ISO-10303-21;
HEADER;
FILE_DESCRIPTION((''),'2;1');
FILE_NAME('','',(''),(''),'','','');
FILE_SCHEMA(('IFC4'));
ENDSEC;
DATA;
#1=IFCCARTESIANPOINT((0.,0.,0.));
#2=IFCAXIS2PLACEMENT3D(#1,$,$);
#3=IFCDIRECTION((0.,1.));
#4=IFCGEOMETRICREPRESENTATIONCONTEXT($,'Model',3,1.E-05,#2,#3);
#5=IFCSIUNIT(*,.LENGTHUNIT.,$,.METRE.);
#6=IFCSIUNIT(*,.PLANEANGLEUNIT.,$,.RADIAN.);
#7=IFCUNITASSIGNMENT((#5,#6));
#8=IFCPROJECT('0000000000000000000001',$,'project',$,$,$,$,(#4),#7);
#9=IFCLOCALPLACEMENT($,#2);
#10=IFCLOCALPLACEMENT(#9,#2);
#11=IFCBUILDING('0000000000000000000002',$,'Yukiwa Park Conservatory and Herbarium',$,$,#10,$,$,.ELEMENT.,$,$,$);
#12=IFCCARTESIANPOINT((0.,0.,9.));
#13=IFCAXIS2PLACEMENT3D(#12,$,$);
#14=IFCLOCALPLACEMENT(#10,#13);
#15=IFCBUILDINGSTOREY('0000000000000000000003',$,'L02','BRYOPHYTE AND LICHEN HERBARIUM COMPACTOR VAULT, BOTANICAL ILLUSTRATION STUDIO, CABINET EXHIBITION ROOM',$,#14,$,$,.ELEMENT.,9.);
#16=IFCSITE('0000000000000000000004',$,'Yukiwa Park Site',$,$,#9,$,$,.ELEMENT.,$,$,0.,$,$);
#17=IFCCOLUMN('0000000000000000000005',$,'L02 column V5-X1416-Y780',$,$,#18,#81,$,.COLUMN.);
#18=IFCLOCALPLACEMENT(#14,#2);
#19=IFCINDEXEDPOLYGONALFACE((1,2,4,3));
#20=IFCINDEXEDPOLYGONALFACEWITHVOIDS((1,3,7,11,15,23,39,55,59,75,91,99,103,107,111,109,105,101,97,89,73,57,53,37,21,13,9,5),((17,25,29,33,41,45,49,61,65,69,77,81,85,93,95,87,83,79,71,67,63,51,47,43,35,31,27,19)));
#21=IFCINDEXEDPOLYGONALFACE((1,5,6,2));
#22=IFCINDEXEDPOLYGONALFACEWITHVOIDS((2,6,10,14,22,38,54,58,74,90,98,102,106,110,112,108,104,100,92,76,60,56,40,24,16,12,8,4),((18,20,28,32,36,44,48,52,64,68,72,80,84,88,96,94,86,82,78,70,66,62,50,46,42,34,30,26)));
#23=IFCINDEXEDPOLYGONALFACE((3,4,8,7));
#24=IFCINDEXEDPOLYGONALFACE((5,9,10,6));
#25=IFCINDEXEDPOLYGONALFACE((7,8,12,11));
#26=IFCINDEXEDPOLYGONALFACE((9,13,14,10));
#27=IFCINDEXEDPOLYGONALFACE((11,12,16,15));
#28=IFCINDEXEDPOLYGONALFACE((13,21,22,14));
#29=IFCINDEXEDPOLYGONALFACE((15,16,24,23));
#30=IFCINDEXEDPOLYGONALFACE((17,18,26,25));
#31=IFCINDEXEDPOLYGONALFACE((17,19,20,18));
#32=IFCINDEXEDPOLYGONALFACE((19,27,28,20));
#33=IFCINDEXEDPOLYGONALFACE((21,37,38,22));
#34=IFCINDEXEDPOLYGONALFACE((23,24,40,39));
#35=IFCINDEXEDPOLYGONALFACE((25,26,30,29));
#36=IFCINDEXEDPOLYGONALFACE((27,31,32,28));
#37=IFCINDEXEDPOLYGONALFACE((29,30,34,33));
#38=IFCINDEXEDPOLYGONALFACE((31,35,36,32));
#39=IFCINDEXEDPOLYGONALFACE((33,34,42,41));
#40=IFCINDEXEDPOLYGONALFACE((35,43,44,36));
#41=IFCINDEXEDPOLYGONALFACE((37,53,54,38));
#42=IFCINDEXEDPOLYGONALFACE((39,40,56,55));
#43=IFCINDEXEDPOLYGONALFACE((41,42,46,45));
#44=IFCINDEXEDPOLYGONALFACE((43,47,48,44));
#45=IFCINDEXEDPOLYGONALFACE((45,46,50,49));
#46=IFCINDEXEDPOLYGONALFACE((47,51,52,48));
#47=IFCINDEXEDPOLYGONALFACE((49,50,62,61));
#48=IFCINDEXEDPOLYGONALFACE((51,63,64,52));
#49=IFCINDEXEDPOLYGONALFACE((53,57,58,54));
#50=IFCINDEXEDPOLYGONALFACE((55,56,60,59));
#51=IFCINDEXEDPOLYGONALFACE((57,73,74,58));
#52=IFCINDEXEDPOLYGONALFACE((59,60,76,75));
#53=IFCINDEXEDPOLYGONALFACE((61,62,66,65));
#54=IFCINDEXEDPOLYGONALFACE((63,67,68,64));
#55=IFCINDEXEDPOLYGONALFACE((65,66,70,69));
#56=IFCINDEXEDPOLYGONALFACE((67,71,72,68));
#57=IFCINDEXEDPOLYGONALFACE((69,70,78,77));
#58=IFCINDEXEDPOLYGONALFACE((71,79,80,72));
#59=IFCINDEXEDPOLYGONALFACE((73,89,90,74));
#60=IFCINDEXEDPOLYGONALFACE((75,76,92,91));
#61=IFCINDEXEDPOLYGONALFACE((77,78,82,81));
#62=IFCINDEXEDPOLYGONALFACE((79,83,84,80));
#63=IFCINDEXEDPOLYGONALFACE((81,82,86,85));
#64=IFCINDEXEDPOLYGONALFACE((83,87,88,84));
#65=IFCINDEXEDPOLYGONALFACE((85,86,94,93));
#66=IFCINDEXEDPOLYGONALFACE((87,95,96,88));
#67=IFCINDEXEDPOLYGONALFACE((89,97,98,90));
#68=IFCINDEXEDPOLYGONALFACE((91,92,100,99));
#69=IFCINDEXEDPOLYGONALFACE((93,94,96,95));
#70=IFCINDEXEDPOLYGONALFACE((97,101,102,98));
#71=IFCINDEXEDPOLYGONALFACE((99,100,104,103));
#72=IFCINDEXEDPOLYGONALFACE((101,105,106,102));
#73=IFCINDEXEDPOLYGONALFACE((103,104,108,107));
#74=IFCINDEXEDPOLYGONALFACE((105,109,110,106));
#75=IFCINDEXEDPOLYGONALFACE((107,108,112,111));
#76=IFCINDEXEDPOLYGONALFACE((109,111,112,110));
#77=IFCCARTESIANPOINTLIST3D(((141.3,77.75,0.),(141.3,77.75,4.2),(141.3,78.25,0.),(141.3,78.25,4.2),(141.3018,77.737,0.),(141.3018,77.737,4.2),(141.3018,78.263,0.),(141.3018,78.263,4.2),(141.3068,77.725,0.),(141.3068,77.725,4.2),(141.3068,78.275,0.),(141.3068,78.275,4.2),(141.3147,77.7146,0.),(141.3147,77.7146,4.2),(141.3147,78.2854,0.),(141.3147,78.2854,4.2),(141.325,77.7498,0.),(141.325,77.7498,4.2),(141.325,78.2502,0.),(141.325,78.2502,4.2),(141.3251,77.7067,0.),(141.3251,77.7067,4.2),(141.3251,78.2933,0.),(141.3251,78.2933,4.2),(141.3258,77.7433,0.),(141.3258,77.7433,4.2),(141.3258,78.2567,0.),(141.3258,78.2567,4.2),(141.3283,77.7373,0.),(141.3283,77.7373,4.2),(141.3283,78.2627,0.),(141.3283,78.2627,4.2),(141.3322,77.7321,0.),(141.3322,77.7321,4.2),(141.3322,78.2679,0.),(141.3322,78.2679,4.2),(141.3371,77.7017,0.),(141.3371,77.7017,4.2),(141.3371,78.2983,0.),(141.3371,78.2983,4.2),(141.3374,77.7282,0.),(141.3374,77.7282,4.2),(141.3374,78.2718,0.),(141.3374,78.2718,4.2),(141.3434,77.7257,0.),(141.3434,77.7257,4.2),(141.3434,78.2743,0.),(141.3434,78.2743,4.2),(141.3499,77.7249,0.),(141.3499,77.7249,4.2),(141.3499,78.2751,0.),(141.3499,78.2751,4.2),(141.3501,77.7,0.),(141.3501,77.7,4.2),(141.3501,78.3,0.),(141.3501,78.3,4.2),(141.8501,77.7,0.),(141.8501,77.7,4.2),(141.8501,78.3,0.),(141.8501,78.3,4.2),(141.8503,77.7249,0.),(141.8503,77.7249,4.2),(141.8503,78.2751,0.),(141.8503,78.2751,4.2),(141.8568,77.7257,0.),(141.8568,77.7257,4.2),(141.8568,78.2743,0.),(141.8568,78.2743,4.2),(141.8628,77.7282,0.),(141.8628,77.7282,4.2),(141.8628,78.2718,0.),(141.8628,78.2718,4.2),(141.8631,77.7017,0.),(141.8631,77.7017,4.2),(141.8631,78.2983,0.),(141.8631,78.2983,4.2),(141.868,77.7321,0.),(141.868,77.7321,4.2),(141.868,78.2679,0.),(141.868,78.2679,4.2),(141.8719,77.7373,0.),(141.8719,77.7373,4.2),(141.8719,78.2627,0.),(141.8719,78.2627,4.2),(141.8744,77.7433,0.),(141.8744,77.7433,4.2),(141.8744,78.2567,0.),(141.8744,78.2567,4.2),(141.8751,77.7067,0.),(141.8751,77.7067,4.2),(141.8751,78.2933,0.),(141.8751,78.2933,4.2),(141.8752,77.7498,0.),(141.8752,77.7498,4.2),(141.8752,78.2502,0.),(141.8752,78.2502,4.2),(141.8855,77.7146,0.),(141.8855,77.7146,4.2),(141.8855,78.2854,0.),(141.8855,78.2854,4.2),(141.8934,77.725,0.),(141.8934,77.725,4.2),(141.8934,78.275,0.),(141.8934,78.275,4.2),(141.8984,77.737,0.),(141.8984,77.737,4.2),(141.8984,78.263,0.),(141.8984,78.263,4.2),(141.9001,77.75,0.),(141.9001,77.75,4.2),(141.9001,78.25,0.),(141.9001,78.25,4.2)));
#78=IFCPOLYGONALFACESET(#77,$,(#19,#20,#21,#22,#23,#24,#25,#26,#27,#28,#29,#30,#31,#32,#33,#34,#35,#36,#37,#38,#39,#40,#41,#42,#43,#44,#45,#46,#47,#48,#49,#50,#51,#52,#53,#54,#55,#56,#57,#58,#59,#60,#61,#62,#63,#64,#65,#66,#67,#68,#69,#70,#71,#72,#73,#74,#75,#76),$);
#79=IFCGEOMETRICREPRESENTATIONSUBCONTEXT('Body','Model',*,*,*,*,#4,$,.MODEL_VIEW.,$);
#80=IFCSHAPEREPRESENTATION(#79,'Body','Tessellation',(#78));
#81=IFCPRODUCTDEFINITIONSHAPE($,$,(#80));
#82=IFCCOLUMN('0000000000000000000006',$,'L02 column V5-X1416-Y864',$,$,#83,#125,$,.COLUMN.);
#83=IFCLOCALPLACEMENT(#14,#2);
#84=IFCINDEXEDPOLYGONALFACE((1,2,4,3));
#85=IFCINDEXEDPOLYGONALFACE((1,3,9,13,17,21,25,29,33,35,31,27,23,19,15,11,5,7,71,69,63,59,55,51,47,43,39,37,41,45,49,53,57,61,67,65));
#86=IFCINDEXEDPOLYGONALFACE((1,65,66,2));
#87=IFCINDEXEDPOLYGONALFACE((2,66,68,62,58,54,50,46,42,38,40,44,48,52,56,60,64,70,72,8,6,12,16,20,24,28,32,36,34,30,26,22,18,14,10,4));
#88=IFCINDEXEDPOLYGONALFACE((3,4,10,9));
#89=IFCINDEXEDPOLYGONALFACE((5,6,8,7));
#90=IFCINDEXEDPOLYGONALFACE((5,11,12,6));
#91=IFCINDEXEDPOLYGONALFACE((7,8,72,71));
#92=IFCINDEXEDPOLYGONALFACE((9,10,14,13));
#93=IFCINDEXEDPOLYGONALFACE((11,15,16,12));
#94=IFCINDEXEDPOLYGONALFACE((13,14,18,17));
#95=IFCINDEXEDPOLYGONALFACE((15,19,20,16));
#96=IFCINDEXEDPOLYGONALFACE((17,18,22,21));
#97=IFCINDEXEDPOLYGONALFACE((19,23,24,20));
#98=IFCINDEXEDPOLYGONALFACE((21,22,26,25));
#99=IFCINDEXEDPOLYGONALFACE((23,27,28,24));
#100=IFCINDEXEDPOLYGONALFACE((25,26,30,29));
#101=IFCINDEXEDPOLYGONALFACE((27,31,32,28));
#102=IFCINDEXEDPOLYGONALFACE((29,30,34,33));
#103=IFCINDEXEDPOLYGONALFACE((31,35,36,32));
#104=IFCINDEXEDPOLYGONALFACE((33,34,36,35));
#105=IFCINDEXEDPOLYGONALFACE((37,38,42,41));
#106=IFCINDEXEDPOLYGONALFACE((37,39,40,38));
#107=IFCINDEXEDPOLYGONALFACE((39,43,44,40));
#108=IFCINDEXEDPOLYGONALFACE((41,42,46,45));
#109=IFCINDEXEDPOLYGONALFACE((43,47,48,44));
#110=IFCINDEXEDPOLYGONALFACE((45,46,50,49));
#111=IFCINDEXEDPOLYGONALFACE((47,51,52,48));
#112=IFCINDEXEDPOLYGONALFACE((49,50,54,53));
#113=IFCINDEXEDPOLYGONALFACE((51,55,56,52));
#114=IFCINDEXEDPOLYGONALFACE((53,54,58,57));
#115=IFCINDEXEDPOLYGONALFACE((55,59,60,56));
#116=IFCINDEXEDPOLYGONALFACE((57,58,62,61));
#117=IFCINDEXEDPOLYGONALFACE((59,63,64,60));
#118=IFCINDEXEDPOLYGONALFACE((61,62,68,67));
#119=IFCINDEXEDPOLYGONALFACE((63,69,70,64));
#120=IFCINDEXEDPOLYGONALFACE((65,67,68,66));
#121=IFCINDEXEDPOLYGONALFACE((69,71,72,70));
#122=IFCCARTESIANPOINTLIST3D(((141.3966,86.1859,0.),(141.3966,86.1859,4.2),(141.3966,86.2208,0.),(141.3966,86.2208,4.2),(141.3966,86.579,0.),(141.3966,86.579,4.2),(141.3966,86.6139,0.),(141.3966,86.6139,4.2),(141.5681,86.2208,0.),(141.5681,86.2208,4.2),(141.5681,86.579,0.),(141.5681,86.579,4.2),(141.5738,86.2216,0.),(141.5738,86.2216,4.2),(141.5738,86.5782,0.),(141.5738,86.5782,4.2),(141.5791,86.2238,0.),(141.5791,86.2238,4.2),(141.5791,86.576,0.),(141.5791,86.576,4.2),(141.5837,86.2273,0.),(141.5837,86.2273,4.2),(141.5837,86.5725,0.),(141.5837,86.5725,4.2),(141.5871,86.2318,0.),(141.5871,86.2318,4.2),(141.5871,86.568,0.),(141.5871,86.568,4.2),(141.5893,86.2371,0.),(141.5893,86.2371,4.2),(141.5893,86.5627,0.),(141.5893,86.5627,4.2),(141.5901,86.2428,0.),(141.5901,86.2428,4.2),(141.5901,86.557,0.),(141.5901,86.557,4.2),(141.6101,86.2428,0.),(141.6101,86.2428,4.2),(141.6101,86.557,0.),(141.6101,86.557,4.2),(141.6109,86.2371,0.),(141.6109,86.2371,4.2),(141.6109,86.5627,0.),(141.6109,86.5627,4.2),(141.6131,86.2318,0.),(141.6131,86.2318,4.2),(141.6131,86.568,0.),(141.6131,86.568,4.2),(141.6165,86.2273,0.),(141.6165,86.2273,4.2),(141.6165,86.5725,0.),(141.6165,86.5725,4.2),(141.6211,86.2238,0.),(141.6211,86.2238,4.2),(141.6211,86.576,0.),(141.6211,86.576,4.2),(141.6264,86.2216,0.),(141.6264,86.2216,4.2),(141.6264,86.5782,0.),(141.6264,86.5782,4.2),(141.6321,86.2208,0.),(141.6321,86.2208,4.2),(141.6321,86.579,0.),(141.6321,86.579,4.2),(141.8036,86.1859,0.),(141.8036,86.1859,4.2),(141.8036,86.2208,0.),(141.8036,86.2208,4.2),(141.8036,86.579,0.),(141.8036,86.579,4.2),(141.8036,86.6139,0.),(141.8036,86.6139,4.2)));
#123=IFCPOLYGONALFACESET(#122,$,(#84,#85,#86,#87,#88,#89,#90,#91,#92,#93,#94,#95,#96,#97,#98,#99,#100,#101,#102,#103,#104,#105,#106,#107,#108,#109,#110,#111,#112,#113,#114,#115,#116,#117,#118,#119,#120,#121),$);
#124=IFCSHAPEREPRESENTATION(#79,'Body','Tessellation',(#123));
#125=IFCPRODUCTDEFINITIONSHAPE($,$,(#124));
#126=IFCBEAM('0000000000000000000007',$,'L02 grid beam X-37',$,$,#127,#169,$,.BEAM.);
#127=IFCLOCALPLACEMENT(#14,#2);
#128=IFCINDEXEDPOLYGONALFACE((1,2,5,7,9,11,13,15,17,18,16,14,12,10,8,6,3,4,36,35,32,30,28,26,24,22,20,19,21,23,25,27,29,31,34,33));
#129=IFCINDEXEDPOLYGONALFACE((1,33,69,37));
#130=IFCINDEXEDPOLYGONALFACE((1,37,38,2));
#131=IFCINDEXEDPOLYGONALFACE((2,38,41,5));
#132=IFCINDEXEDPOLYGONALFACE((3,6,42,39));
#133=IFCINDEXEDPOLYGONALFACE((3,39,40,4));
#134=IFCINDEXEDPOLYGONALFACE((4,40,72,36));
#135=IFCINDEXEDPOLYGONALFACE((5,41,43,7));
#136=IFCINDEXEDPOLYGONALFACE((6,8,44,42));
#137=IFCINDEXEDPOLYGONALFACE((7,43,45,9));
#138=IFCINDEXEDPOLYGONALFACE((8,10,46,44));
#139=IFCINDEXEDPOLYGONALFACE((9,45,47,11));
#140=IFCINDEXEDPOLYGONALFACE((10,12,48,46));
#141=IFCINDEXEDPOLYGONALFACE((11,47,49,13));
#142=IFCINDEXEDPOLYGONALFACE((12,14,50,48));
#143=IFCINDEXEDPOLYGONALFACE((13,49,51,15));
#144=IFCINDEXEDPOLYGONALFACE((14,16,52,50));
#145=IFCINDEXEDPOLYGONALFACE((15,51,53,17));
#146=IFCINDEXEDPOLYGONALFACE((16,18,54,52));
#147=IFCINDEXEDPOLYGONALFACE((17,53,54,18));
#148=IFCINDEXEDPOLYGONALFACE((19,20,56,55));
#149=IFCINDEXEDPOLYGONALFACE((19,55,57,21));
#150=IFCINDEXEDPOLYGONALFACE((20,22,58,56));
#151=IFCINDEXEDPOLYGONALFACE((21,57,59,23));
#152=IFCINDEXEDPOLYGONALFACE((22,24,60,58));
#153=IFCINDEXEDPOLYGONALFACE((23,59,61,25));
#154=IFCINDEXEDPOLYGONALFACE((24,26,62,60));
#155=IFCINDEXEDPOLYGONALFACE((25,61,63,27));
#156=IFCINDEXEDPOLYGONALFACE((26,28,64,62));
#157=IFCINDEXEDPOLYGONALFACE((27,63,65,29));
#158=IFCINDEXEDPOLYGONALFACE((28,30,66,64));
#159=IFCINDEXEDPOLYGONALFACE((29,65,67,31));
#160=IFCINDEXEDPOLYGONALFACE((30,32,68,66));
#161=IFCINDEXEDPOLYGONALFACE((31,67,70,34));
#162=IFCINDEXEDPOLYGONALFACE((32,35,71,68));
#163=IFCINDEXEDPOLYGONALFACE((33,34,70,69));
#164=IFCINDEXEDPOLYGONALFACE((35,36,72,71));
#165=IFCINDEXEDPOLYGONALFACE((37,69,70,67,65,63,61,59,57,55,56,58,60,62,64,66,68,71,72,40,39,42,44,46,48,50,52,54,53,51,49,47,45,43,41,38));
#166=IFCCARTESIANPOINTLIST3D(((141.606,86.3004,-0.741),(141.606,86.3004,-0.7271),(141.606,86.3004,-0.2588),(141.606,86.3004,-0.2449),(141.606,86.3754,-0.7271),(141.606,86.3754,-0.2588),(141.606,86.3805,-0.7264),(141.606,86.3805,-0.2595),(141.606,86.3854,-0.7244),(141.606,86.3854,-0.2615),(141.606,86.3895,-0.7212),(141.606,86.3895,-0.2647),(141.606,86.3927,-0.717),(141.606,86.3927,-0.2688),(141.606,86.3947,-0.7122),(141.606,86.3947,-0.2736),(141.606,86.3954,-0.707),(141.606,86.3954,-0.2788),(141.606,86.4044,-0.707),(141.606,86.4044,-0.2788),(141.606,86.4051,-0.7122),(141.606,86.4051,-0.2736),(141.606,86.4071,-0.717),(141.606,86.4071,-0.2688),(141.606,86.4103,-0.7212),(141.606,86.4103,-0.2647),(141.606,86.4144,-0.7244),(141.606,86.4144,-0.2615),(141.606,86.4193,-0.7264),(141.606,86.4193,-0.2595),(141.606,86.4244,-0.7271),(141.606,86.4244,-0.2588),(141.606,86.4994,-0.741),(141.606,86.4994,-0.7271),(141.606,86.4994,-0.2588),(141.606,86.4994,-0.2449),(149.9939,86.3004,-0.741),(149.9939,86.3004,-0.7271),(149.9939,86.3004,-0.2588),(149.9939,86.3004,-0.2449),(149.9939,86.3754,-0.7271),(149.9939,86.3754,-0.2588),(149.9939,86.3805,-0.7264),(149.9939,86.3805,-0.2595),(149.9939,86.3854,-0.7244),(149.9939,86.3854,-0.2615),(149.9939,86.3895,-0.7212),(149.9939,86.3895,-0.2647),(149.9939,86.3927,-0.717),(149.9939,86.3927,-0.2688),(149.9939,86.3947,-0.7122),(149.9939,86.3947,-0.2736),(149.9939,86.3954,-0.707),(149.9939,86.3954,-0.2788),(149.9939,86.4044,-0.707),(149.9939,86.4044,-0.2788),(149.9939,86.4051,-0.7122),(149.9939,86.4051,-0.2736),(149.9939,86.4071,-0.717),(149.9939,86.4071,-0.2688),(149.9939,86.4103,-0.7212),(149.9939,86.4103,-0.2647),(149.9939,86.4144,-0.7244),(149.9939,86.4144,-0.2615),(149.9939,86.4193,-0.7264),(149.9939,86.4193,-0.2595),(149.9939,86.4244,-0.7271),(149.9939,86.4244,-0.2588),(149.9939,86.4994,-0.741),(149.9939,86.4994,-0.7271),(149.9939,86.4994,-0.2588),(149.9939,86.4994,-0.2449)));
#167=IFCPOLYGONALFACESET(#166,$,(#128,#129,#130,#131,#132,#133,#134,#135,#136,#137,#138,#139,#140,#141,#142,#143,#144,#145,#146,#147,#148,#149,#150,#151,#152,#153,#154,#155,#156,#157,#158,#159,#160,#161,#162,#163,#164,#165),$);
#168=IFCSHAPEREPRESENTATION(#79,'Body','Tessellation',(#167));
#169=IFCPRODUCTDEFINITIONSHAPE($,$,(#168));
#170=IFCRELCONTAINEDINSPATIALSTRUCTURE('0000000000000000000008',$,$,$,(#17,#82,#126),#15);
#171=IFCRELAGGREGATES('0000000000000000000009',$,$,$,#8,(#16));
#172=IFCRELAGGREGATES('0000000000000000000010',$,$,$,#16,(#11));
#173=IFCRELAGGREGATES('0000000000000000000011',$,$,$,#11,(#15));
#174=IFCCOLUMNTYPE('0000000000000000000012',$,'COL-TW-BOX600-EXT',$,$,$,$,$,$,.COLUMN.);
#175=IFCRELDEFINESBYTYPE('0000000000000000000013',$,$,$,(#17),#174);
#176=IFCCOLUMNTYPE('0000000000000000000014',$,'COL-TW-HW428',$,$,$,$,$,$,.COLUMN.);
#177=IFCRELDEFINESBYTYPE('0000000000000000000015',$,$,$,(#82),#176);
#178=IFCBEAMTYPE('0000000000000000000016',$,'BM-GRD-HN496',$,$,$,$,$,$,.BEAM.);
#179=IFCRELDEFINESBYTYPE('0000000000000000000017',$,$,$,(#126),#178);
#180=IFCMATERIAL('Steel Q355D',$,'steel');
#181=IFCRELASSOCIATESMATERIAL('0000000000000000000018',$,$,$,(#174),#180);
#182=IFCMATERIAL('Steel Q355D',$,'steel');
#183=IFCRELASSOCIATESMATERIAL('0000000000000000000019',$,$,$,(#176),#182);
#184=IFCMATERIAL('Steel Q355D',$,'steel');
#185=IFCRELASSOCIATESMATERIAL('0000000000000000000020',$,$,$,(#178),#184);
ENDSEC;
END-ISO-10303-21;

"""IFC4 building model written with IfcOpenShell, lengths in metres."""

from ifc_helpers import new_model, si_unit, direction, frame, origin, origin_2d, place, context, subcontext, project, spatial, hollow_rectangle, i_section, extrude, material, material_profile, profile_set, type_object, element, save


model = new_model("IFC4")

# Units and contexts
model_context = context("Model", 3, precision=1e-05, world=origin(), true_north=direction((0.0, 1.0)))
body_context = subcontext(model_context, "Body", "Model", "MODEL_VIEW")
ifc_project = project(units=[si_unit("LENGTHUNIT", "METRE"), si_unit("PLANEANGLEUNIT", "RADIAN")], contexts=[model_context])

# Site, building, storey
site_placement = place(None, origin())
site = spatial("IfcSite", under=ifc_project, at=site_placement, Name="Yukiwa Park Site", CompositionType="ELEMENT", RefElevation=0.0)
building_placement = place(site_placement, origin())
building = spatial("IfcBuilding", under=site, at=building_placement, Name="Yukiwa Park Conservatory and Herbarium", CompositionType="ELEMENT")
storey_placement = place(building_placement, frame((0.0, 0.0, 9.0)))
storey = spatial("IfcBuildingStorey", under=building, at=storey_placement, Name="L02", Description="BRYOPHYTE AND LICHEN HERBARIUM COMPACTOR VAULT, BOTANICAL ILLUSTRATION STUDIO, CABINET EXHIBITION ROOM", CompositionType="ELEMENT", Elevation=9.0)

# Columns
ifc_material_1 = material(Name="Steel Q355D", Category="steel")
ifc_material_profile_1 = material_profile(ifc_material_1, hollow_rectangle(XDim=0.6001, YDim=0.6001, WallThickness=0.0249, InnerFilletRadius=0.0249, OuterFilletRadius=0.05, at=origin_2d()), Name="BOX 600x600x25")
ifc_profile_set_1 = profile_set([ifc_material_profile_1], Name="Steel Q355D")
column_type_1 = type_object("IfcColumnType", Name="COL-TW-BOX600-EXT", PredefinedType="COLUMN", material=ifc_profile_set_1)
column_1_placement = place(storey_placement, frame((141.6001, 78.0, 0.0), z_axis=(0.0, 0.0, 1.0), x_axis=(1.0, 0.0, 0.0)))
element("IfcColumn", 1, at=column_1_placement, inside=storey, type_object=column_type_1, Name="L02 column V5-X1416-Y780", PredefinedType="COLUMN", context=body_context, shape_type="SweptSolid", body=[
    extrude(hollow_rectangle(XDim=0.6001, YDim=0.6001, WallThickness=0.0249, InnerFilletRadius=0.0249, OuterFilletRadius=0.05, at=origin_2d()), origin(), (0.0, 0.0, 1.0), 4.2),
])
ifc_material_2 = material(Name="Steel Q355D", Category="steel")
ifc_material_profile_2 = material_profile(ifc_material_2, i_section(OverallWidth=0.407, OverallDepth=0.428, WebThickness=0.02, FlangeThickness=0.0349, FilletRadius=0.022, at=origin_2d()), Name="HW 428x407x20x35")
ifc_profile_set_2 = profile_set([ifc_material_profile_2], Name="Steel Q355D")
column_type_2 = type_object("IfcColumnType", Name="COL-TW-HW428", PredefinedType="COLUMN", material=ifc_profile_set_2)
column_2_placement = place(storey_placement, frame((141.6001, 86.3999, 0.0), z_axis=(0.0, 0.0, 1.0), x_axis=(1.0, 0.0, 0.0)))
element("IfcColumn", 2, at=column_2_placement, inside=storey, type_object=column_type_2, Name="L02 column V5-X1416-Y864", PredefinedType="COLUMN", context=body_context, shape_type="SweptSolid", body=[
    extrude(i_section(OverallWidth=0.407, OverallDepth=0.428, WebThickness=0.02, FlangeThickness=0.0349, FilletRadius=0.022, at=origin_2d()), origin(), (0.0, 0.0, 1.0), 4.2),
])

# Beam
ifc_material_3 = material(Name="Steel Q355D", Category="steel")
ifc_material_profile_3 = material_profile(ifc_material_3, i_section(OverallWidth=0.199, OverallDepth=0.4961, WebThickness=0.009, FlangeThickness=0.0139, FilletRadius=0.02, at=origin_2d()), Name="HN 496x199x9x14")
ifc_profile_set_3 = profile_set([ifc_material_profile_3], Name="Steel Q355D")
beam_type_1 = type_object("IfcBeamType", Name="BM-GRD-HN496", PredefinedType="BEAM", material=ifc_profile_set_3)
beam_1_placement = place(storey_placement, frame((141.606, 86.3999, -0.4929), z_axis=(1.0, 0.0, 0.0), x_axis=(0.0, 1.0, 0.0)))
element("IfcBeam", 3, at=beam_1_placement, inside=storey, type_object=beam_type_1, Name="L02 grid beam X-37", PredefinedType="BEAM", context=body_context, shape_type="SweptSolid", body=[
    extrude(i_section(OverallWidth=0.199, OverallDepth=0.4961, WebThickness=0.009, FlangeThickness=0.0139, FilletRadius=0.02, at=origin_2d()), origin(), (0.0, 0.0, 1.0), 8.3879),
])

save(model, "model.ifc")
